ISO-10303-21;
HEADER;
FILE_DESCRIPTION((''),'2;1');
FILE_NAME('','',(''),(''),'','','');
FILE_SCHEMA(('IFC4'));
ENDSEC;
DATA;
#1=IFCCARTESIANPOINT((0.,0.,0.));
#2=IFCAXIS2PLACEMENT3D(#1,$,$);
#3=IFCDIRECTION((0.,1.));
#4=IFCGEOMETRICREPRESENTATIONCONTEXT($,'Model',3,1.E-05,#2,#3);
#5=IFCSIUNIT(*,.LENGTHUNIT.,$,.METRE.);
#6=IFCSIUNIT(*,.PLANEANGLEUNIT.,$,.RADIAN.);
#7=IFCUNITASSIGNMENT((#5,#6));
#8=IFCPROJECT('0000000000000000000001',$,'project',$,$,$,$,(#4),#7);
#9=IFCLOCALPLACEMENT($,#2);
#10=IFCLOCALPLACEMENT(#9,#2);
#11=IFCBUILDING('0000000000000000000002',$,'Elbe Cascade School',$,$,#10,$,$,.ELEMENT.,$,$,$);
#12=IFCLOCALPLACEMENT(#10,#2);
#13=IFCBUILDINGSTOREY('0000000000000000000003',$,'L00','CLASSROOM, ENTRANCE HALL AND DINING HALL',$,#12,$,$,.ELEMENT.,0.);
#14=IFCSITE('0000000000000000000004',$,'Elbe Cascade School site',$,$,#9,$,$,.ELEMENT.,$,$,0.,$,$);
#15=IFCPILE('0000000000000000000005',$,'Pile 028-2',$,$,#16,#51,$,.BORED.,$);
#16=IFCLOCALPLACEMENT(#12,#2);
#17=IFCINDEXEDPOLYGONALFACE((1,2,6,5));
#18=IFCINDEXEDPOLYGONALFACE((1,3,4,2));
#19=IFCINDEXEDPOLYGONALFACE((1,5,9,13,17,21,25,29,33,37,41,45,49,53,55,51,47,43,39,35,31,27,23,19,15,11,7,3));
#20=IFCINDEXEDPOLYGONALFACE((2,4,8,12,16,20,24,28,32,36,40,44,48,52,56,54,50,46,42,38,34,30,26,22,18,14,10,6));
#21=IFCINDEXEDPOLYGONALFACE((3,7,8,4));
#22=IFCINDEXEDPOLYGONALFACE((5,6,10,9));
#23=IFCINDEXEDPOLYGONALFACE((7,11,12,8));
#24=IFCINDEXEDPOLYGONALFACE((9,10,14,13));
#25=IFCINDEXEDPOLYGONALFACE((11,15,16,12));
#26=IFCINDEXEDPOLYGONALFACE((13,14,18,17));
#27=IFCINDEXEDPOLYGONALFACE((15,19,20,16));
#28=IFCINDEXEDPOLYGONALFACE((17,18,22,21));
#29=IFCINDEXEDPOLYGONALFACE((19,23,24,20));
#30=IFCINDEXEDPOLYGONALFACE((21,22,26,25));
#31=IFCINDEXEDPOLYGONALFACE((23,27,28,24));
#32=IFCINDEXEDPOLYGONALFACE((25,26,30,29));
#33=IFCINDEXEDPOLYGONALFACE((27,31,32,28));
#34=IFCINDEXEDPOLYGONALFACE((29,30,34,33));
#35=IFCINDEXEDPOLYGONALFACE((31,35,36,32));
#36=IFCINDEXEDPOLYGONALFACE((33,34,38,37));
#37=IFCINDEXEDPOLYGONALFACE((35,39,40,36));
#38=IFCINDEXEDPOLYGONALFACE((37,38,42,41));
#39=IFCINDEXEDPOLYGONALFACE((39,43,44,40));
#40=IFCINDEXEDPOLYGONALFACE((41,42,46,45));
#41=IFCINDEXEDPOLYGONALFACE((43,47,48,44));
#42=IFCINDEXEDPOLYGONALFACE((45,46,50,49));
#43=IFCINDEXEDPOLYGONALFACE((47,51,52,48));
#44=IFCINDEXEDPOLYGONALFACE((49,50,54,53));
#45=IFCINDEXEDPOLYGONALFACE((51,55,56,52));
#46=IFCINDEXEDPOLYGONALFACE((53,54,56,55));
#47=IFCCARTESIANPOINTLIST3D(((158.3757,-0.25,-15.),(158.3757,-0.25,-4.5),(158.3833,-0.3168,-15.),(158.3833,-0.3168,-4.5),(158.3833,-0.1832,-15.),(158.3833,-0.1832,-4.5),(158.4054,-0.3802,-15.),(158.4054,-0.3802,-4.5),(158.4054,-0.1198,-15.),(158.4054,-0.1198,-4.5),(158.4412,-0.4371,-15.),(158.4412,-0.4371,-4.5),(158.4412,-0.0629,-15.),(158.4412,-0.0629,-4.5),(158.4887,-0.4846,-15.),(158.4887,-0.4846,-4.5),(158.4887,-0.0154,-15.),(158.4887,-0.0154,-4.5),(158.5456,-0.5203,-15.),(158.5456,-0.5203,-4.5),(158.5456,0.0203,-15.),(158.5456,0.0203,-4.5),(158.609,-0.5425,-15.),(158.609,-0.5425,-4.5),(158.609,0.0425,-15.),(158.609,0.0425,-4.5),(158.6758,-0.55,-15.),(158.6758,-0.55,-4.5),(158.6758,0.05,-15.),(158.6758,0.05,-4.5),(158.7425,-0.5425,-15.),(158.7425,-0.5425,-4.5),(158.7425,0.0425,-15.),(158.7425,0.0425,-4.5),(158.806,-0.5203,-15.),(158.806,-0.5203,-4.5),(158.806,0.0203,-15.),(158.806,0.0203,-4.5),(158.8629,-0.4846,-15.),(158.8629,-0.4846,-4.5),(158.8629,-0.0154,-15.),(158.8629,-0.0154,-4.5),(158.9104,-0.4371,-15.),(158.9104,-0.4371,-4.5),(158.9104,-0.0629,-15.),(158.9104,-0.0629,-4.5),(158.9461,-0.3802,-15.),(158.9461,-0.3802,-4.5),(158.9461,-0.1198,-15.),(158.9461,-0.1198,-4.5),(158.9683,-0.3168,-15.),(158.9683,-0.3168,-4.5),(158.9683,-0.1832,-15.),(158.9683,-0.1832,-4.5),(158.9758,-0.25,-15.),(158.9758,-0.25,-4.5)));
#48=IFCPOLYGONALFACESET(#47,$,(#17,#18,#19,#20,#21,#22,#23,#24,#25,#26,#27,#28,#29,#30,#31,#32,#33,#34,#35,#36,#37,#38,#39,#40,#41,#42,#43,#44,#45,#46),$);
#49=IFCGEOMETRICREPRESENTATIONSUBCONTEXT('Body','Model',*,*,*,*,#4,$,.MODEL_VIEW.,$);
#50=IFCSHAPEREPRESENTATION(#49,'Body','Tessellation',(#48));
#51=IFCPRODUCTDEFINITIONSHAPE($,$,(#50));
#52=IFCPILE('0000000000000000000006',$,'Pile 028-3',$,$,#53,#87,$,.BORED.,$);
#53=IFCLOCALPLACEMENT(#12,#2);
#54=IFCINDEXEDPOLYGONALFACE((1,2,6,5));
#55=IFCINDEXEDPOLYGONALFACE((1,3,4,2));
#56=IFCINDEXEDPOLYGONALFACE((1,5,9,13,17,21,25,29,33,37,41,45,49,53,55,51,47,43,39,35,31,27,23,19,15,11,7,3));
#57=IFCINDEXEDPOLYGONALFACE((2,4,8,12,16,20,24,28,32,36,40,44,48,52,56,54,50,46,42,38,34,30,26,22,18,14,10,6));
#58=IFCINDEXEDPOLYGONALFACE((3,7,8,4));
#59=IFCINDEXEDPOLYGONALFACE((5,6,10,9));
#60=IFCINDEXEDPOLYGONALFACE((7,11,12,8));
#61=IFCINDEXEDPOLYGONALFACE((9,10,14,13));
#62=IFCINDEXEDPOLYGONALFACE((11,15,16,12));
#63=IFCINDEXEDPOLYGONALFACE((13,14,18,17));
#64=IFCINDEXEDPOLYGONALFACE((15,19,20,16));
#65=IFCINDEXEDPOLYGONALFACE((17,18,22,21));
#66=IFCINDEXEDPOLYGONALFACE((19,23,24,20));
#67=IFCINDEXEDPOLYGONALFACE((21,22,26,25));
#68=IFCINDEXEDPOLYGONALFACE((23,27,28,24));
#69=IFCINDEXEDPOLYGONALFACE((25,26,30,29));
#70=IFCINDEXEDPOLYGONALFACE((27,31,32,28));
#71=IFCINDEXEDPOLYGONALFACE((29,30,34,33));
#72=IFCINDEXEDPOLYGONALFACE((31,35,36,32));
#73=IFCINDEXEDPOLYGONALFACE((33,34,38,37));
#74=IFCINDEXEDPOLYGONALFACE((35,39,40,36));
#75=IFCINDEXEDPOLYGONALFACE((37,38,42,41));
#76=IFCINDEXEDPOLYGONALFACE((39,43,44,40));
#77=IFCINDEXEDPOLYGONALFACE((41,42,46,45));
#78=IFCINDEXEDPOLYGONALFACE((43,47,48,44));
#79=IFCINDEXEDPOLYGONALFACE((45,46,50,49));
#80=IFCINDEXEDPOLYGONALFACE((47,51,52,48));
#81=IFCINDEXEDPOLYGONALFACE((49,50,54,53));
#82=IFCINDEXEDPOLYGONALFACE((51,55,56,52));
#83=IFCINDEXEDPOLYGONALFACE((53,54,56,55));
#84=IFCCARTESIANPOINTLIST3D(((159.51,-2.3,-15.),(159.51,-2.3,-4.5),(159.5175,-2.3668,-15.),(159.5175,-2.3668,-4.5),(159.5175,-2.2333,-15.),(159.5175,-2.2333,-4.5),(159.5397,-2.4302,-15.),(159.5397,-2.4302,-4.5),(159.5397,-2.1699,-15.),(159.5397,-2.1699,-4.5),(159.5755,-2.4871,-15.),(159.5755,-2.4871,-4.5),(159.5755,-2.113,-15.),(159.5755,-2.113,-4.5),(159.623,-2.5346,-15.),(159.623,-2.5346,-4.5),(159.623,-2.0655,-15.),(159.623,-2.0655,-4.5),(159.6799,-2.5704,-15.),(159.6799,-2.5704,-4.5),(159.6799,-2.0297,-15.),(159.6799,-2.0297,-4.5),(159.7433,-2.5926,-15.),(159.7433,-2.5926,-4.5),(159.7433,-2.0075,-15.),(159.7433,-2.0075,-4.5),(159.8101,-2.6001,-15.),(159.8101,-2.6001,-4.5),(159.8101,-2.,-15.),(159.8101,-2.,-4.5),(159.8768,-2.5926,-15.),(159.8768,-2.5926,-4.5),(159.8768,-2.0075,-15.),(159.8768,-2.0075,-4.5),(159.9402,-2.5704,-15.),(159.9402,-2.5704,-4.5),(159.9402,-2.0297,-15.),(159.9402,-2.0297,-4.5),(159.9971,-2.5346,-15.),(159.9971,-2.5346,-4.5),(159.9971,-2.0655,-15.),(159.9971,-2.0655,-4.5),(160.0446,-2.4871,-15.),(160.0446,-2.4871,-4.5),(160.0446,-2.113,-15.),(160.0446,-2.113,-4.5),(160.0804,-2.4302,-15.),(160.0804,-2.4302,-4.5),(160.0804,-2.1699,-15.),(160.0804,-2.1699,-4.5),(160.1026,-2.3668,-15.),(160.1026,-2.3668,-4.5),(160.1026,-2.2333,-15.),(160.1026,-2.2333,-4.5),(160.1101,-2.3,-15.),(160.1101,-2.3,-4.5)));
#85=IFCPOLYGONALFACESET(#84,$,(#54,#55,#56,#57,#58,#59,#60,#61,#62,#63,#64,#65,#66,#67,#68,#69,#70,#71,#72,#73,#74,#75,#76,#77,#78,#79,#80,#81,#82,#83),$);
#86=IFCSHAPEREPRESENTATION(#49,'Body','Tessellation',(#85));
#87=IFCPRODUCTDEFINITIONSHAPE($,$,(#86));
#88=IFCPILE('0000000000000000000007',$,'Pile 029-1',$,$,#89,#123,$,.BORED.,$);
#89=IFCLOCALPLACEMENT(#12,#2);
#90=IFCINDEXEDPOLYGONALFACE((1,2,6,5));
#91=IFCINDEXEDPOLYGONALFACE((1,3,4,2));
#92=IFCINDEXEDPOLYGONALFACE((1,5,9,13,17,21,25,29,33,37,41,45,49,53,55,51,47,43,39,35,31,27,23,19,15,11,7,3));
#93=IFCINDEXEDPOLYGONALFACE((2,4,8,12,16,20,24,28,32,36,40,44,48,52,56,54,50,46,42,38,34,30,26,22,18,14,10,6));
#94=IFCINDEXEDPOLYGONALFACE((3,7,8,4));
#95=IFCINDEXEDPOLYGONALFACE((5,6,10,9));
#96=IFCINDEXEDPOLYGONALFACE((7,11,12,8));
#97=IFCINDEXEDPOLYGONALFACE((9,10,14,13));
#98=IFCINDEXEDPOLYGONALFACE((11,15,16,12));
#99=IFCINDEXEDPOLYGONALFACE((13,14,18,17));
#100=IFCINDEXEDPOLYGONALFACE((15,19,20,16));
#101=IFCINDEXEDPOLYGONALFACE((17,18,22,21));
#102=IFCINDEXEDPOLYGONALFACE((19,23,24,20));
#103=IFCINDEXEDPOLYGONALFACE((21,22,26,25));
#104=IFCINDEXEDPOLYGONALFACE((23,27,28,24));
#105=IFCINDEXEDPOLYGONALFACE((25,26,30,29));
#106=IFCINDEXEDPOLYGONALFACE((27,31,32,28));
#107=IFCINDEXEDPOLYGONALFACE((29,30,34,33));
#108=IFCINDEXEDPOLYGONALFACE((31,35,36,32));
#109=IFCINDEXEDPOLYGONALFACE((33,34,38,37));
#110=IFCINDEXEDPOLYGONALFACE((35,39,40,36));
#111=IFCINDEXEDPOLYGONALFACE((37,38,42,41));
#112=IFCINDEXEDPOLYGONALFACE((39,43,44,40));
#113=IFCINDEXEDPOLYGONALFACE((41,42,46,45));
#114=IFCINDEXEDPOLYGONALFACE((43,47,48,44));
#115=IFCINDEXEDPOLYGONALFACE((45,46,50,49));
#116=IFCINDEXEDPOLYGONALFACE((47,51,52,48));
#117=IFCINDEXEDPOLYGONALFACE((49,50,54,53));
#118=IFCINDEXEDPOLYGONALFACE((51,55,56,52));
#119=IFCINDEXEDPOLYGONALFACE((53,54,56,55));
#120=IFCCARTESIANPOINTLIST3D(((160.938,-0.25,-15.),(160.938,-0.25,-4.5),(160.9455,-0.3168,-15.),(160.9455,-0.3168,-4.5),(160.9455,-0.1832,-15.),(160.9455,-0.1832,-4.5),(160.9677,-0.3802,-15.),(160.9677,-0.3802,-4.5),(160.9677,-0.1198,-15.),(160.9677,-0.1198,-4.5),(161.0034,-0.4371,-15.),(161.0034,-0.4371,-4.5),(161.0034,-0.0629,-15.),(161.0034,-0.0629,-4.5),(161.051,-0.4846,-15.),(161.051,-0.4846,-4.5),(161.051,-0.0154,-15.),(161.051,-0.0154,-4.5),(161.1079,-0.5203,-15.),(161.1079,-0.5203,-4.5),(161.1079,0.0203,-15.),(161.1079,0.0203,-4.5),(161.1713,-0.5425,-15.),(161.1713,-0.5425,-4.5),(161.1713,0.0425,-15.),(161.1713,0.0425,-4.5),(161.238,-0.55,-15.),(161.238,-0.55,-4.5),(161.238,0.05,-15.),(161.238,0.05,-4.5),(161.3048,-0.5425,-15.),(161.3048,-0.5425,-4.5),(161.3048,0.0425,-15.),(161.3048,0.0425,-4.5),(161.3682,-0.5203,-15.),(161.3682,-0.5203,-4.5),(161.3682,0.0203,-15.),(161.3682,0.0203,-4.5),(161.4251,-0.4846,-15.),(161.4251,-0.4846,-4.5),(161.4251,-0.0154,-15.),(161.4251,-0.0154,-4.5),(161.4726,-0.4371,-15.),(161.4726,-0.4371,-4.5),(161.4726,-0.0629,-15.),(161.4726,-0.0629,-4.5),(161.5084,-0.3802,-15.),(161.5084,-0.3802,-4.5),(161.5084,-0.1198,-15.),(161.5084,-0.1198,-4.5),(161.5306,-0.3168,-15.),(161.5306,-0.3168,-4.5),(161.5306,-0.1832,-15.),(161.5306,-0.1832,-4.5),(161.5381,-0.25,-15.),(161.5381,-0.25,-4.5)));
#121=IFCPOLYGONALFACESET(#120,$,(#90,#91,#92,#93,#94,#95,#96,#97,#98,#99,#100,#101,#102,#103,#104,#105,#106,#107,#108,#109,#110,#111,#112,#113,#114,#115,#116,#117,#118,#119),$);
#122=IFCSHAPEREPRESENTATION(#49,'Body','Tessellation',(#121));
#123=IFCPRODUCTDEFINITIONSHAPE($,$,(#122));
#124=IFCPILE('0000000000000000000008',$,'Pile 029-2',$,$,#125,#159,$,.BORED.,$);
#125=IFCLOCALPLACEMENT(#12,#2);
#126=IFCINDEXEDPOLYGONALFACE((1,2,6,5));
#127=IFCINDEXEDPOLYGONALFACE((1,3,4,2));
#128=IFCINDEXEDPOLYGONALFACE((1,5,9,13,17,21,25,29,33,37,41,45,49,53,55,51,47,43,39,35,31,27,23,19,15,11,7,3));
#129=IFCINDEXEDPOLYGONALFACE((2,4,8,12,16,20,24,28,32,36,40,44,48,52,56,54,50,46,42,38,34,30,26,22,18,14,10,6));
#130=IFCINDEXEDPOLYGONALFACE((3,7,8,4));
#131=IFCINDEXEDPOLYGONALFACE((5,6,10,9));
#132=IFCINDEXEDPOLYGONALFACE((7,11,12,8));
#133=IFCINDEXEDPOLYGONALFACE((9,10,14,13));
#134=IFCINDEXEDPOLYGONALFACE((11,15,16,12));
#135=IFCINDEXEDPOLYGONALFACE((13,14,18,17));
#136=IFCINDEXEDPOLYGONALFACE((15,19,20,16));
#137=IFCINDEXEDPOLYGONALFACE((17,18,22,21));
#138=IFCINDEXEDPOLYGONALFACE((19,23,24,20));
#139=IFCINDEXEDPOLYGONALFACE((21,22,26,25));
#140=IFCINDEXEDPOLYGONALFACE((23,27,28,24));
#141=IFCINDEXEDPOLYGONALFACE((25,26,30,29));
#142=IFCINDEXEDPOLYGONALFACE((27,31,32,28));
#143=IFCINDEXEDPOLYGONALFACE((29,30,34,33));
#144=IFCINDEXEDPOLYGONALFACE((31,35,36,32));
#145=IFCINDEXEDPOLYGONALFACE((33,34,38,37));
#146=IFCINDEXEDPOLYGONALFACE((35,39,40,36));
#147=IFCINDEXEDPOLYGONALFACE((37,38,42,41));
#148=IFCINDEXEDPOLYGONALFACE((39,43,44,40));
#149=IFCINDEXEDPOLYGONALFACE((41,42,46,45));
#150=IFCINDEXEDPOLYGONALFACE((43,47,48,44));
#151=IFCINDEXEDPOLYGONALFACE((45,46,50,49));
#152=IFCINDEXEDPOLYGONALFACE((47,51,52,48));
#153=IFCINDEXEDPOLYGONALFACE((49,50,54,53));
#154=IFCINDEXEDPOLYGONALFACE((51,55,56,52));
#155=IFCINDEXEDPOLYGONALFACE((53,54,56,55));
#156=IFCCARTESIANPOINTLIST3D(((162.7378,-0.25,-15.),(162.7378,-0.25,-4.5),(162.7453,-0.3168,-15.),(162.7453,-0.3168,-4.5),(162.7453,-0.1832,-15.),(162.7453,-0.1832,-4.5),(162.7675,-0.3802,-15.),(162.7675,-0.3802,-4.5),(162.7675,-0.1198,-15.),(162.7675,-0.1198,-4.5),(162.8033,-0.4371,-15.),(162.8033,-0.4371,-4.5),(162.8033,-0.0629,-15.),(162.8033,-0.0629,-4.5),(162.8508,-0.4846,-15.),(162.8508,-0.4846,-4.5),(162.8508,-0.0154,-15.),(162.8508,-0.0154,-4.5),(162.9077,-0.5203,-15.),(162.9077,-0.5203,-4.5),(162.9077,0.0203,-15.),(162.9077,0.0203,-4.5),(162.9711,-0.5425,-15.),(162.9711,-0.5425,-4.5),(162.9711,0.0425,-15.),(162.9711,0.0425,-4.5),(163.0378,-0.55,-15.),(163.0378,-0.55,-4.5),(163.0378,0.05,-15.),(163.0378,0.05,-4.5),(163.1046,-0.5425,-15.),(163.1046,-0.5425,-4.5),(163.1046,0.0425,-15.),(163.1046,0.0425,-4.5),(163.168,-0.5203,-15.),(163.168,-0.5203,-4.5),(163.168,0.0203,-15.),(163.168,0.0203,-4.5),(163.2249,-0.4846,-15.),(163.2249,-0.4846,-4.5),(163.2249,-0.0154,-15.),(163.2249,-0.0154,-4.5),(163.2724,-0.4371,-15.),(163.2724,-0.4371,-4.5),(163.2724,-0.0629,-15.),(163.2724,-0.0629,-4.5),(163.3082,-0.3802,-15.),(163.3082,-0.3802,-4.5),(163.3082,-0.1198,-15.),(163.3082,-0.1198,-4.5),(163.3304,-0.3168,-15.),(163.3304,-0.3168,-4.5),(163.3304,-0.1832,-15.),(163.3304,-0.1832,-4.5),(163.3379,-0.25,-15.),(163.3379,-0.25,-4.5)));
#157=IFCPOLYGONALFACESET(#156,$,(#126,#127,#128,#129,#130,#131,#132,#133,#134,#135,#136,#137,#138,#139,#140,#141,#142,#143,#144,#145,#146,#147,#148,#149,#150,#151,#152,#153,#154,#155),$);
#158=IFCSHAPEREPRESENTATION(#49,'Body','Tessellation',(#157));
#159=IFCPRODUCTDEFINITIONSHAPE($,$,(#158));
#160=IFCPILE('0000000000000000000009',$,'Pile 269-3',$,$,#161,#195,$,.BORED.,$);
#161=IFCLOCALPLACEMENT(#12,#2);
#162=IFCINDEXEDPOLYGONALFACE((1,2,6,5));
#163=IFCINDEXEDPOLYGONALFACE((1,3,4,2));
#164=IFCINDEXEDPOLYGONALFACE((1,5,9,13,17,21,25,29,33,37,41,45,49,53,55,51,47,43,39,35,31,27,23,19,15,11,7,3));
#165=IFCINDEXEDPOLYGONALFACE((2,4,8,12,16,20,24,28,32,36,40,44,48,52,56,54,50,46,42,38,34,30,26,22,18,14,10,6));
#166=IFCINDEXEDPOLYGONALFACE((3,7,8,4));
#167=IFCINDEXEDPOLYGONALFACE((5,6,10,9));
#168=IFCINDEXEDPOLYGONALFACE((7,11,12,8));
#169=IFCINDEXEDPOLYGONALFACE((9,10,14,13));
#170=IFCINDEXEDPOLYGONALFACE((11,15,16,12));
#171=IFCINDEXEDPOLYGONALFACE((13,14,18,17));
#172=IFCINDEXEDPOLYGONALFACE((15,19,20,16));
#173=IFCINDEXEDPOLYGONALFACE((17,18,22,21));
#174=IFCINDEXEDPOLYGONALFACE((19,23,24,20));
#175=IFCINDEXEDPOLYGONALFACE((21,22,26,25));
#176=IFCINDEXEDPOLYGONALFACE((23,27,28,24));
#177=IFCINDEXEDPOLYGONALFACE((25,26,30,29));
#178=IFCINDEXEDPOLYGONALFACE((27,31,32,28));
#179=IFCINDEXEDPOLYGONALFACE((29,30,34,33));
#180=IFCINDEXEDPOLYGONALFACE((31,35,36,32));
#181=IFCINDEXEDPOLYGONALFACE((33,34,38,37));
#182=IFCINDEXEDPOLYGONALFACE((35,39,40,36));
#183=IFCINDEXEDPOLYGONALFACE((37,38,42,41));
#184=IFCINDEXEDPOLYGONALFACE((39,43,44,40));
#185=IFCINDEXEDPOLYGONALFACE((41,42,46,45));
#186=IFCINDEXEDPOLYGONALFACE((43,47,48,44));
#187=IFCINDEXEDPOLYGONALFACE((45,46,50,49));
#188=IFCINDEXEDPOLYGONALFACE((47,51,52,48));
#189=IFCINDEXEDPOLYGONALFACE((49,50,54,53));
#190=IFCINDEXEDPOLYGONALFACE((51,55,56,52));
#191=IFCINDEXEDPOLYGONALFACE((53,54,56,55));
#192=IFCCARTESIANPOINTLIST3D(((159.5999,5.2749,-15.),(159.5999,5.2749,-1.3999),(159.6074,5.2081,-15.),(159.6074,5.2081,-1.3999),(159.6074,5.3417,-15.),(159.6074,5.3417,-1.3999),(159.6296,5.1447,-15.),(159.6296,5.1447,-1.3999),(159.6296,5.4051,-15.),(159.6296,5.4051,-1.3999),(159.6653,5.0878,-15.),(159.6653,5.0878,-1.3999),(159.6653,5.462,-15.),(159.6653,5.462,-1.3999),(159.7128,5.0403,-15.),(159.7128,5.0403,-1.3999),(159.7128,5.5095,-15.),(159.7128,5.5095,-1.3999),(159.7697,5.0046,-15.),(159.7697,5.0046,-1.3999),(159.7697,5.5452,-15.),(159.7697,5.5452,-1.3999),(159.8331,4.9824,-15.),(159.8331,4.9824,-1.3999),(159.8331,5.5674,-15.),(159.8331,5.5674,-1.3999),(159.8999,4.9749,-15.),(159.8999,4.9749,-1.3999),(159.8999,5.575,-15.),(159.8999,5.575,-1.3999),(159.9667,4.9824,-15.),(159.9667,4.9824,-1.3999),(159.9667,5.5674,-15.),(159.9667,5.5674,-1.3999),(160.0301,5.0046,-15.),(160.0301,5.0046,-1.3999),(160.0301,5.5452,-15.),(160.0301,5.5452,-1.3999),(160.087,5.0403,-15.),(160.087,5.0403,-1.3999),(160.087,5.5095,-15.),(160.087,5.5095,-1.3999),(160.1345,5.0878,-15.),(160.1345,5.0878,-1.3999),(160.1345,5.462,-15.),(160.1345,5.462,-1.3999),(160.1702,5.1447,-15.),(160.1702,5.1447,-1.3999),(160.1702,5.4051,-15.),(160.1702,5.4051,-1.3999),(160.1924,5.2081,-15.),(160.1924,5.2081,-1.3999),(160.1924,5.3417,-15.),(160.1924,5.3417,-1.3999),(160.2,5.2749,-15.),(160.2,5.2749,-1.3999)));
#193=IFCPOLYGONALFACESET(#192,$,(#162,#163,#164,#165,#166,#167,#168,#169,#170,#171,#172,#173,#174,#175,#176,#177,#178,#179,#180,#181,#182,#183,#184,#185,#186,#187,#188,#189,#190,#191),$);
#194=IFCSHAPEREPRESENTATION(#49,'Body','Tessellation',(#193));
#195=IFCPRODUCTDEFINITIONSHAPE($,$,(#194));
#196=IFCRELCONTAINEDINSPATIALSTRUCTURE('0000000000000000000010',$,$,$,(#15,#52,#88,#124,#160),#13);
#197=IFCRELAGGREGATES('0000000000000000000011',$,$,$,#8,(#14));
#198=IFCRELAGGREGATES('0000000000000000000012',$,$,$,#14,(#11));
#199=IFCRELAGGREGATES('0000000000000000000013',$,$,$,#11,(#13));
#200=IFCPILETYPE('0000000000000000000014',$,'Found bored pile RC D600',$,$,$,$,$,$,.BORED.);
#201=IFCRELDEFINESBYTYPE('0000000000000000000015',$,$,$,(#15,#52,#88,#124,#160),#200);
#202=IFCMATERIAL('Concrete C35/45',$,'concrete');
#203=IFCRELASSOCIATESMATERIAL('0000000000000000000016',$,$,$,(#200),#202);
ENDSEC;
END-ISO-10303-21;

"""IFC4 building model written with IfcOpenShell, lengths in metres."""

from ifc_helpers import new_model, si_unit, direction, frame, origin, origin_2d, place, context, subcontext, project, spatial, circle, extrude, material, material_profile, profile_set, type_object, element, save


model = new_model("IFC4")

# Units and contexts
model_context = context("Model", 3, precision=1e-05, world=origin(), true_north=direction((0.0, 1.0)))
body_context = subcontext(model_context, "Body", "Model", "MODEL_VIEW")
ifc_project = project(units=[si_unit("LENGTHUNIT", "METRE"), si_unit("PLANEANGLEUNIT", "RADIAN")], contexts=[model_context])

# Site, building, storey
site_placement = place(None, origin())
site = spatial("IfcSite", under=ifc_project, at=site_placement, Name="Elbe Cascade School site", CompositionType="ELEMENT", RefElevation=0.0)
building_placement = place(site_placement, origin())
building = spatial("IfcBuilding", under=site, at=building_placement, Name="Elbe Cascade School", CompositionType="ELEMENT")
storey_placement = place(building_placement, origin())
storey = spatial("IfcBuildingStorey", under=building, at=storey_placement, Name="L00", Description="CLASSROOM, ENTRANCE HALL AND DINING HALL", CompositionType="ELEMENT", Elevation=0.0)

# Piles
ifc_material_1 = material(Name="Concrete C35/45", Category="concrete")
ifc_material_profile_1 = material_profile(ifc_material_1, circle(Radius=0.3, at=origin_2d()), Name="RC D600")
ifc_profile_set_1 = profile_set([ifc_material_profile_1], Name="Concrete C35/45")
pile_type = type_object("IfcPileType", Name="Found bored pile RC D600", PredefinedType="BORED", material=ifc_profile_set_1)
for number, where, z_axis, x_axis, name in (
    (1, (158.6758, -0.25, -4.5), (0.0, 0.0, -1.0), (1.0, 0.0, 0.0), "Pile 028-2"),
    (2, (159.8101, -2.3, -4.5), (0.0, 0.0, -1.0), (1.0, 0.0, 0.0), "Pile 028-3"),
    (3, (161.238, -0.25, -4.5), (0.0, 0.0, -1.0), (1.0, 0.0, 0.0), "Pile 029-1"),
    (4, (163.0378, -0.25, -4.5), (0.0, 0.0, -1.0), (1.0, 0.0, 0.0), "Pile 029-2"),
):
    element("IfcPile", number, at=place(storey_placement, frame(where, z_axis=z_axis, x_axis=x_axis)), inside=storey, type_object=pile_type, Name=name, PredefinedType="BORED", context=body_context, shape_type="SweptSolid", body=[
        extrude(circle(Radius=0.3, at=origin_2d()), origin(), (0.0, 0.0, 1.0), 10.5),
    ])
for number, where, z_axis, x_axis, name in (
    (5, (159.8999, 5.2749, -1.3999), (0.0, 0.0, -1.0), (1.0, 0.0, 0.0), "Pile 269-3"),
):
    element("IfcPile", number, at=place(storey_placement, frame(where, z_axis=z_axis, x_axis=x_axis)), inside=storey, type_object=pile_type, Name=name, PredefinedType="BORED", context=body_context, shape_type="SweptSolid", body=[
        extrude(circle(Radius=0.3, at=origin_2d()), origin(), (0.0, 0.0, 1.0), 13.6001),
    ])

save(model, "model.ifc")
